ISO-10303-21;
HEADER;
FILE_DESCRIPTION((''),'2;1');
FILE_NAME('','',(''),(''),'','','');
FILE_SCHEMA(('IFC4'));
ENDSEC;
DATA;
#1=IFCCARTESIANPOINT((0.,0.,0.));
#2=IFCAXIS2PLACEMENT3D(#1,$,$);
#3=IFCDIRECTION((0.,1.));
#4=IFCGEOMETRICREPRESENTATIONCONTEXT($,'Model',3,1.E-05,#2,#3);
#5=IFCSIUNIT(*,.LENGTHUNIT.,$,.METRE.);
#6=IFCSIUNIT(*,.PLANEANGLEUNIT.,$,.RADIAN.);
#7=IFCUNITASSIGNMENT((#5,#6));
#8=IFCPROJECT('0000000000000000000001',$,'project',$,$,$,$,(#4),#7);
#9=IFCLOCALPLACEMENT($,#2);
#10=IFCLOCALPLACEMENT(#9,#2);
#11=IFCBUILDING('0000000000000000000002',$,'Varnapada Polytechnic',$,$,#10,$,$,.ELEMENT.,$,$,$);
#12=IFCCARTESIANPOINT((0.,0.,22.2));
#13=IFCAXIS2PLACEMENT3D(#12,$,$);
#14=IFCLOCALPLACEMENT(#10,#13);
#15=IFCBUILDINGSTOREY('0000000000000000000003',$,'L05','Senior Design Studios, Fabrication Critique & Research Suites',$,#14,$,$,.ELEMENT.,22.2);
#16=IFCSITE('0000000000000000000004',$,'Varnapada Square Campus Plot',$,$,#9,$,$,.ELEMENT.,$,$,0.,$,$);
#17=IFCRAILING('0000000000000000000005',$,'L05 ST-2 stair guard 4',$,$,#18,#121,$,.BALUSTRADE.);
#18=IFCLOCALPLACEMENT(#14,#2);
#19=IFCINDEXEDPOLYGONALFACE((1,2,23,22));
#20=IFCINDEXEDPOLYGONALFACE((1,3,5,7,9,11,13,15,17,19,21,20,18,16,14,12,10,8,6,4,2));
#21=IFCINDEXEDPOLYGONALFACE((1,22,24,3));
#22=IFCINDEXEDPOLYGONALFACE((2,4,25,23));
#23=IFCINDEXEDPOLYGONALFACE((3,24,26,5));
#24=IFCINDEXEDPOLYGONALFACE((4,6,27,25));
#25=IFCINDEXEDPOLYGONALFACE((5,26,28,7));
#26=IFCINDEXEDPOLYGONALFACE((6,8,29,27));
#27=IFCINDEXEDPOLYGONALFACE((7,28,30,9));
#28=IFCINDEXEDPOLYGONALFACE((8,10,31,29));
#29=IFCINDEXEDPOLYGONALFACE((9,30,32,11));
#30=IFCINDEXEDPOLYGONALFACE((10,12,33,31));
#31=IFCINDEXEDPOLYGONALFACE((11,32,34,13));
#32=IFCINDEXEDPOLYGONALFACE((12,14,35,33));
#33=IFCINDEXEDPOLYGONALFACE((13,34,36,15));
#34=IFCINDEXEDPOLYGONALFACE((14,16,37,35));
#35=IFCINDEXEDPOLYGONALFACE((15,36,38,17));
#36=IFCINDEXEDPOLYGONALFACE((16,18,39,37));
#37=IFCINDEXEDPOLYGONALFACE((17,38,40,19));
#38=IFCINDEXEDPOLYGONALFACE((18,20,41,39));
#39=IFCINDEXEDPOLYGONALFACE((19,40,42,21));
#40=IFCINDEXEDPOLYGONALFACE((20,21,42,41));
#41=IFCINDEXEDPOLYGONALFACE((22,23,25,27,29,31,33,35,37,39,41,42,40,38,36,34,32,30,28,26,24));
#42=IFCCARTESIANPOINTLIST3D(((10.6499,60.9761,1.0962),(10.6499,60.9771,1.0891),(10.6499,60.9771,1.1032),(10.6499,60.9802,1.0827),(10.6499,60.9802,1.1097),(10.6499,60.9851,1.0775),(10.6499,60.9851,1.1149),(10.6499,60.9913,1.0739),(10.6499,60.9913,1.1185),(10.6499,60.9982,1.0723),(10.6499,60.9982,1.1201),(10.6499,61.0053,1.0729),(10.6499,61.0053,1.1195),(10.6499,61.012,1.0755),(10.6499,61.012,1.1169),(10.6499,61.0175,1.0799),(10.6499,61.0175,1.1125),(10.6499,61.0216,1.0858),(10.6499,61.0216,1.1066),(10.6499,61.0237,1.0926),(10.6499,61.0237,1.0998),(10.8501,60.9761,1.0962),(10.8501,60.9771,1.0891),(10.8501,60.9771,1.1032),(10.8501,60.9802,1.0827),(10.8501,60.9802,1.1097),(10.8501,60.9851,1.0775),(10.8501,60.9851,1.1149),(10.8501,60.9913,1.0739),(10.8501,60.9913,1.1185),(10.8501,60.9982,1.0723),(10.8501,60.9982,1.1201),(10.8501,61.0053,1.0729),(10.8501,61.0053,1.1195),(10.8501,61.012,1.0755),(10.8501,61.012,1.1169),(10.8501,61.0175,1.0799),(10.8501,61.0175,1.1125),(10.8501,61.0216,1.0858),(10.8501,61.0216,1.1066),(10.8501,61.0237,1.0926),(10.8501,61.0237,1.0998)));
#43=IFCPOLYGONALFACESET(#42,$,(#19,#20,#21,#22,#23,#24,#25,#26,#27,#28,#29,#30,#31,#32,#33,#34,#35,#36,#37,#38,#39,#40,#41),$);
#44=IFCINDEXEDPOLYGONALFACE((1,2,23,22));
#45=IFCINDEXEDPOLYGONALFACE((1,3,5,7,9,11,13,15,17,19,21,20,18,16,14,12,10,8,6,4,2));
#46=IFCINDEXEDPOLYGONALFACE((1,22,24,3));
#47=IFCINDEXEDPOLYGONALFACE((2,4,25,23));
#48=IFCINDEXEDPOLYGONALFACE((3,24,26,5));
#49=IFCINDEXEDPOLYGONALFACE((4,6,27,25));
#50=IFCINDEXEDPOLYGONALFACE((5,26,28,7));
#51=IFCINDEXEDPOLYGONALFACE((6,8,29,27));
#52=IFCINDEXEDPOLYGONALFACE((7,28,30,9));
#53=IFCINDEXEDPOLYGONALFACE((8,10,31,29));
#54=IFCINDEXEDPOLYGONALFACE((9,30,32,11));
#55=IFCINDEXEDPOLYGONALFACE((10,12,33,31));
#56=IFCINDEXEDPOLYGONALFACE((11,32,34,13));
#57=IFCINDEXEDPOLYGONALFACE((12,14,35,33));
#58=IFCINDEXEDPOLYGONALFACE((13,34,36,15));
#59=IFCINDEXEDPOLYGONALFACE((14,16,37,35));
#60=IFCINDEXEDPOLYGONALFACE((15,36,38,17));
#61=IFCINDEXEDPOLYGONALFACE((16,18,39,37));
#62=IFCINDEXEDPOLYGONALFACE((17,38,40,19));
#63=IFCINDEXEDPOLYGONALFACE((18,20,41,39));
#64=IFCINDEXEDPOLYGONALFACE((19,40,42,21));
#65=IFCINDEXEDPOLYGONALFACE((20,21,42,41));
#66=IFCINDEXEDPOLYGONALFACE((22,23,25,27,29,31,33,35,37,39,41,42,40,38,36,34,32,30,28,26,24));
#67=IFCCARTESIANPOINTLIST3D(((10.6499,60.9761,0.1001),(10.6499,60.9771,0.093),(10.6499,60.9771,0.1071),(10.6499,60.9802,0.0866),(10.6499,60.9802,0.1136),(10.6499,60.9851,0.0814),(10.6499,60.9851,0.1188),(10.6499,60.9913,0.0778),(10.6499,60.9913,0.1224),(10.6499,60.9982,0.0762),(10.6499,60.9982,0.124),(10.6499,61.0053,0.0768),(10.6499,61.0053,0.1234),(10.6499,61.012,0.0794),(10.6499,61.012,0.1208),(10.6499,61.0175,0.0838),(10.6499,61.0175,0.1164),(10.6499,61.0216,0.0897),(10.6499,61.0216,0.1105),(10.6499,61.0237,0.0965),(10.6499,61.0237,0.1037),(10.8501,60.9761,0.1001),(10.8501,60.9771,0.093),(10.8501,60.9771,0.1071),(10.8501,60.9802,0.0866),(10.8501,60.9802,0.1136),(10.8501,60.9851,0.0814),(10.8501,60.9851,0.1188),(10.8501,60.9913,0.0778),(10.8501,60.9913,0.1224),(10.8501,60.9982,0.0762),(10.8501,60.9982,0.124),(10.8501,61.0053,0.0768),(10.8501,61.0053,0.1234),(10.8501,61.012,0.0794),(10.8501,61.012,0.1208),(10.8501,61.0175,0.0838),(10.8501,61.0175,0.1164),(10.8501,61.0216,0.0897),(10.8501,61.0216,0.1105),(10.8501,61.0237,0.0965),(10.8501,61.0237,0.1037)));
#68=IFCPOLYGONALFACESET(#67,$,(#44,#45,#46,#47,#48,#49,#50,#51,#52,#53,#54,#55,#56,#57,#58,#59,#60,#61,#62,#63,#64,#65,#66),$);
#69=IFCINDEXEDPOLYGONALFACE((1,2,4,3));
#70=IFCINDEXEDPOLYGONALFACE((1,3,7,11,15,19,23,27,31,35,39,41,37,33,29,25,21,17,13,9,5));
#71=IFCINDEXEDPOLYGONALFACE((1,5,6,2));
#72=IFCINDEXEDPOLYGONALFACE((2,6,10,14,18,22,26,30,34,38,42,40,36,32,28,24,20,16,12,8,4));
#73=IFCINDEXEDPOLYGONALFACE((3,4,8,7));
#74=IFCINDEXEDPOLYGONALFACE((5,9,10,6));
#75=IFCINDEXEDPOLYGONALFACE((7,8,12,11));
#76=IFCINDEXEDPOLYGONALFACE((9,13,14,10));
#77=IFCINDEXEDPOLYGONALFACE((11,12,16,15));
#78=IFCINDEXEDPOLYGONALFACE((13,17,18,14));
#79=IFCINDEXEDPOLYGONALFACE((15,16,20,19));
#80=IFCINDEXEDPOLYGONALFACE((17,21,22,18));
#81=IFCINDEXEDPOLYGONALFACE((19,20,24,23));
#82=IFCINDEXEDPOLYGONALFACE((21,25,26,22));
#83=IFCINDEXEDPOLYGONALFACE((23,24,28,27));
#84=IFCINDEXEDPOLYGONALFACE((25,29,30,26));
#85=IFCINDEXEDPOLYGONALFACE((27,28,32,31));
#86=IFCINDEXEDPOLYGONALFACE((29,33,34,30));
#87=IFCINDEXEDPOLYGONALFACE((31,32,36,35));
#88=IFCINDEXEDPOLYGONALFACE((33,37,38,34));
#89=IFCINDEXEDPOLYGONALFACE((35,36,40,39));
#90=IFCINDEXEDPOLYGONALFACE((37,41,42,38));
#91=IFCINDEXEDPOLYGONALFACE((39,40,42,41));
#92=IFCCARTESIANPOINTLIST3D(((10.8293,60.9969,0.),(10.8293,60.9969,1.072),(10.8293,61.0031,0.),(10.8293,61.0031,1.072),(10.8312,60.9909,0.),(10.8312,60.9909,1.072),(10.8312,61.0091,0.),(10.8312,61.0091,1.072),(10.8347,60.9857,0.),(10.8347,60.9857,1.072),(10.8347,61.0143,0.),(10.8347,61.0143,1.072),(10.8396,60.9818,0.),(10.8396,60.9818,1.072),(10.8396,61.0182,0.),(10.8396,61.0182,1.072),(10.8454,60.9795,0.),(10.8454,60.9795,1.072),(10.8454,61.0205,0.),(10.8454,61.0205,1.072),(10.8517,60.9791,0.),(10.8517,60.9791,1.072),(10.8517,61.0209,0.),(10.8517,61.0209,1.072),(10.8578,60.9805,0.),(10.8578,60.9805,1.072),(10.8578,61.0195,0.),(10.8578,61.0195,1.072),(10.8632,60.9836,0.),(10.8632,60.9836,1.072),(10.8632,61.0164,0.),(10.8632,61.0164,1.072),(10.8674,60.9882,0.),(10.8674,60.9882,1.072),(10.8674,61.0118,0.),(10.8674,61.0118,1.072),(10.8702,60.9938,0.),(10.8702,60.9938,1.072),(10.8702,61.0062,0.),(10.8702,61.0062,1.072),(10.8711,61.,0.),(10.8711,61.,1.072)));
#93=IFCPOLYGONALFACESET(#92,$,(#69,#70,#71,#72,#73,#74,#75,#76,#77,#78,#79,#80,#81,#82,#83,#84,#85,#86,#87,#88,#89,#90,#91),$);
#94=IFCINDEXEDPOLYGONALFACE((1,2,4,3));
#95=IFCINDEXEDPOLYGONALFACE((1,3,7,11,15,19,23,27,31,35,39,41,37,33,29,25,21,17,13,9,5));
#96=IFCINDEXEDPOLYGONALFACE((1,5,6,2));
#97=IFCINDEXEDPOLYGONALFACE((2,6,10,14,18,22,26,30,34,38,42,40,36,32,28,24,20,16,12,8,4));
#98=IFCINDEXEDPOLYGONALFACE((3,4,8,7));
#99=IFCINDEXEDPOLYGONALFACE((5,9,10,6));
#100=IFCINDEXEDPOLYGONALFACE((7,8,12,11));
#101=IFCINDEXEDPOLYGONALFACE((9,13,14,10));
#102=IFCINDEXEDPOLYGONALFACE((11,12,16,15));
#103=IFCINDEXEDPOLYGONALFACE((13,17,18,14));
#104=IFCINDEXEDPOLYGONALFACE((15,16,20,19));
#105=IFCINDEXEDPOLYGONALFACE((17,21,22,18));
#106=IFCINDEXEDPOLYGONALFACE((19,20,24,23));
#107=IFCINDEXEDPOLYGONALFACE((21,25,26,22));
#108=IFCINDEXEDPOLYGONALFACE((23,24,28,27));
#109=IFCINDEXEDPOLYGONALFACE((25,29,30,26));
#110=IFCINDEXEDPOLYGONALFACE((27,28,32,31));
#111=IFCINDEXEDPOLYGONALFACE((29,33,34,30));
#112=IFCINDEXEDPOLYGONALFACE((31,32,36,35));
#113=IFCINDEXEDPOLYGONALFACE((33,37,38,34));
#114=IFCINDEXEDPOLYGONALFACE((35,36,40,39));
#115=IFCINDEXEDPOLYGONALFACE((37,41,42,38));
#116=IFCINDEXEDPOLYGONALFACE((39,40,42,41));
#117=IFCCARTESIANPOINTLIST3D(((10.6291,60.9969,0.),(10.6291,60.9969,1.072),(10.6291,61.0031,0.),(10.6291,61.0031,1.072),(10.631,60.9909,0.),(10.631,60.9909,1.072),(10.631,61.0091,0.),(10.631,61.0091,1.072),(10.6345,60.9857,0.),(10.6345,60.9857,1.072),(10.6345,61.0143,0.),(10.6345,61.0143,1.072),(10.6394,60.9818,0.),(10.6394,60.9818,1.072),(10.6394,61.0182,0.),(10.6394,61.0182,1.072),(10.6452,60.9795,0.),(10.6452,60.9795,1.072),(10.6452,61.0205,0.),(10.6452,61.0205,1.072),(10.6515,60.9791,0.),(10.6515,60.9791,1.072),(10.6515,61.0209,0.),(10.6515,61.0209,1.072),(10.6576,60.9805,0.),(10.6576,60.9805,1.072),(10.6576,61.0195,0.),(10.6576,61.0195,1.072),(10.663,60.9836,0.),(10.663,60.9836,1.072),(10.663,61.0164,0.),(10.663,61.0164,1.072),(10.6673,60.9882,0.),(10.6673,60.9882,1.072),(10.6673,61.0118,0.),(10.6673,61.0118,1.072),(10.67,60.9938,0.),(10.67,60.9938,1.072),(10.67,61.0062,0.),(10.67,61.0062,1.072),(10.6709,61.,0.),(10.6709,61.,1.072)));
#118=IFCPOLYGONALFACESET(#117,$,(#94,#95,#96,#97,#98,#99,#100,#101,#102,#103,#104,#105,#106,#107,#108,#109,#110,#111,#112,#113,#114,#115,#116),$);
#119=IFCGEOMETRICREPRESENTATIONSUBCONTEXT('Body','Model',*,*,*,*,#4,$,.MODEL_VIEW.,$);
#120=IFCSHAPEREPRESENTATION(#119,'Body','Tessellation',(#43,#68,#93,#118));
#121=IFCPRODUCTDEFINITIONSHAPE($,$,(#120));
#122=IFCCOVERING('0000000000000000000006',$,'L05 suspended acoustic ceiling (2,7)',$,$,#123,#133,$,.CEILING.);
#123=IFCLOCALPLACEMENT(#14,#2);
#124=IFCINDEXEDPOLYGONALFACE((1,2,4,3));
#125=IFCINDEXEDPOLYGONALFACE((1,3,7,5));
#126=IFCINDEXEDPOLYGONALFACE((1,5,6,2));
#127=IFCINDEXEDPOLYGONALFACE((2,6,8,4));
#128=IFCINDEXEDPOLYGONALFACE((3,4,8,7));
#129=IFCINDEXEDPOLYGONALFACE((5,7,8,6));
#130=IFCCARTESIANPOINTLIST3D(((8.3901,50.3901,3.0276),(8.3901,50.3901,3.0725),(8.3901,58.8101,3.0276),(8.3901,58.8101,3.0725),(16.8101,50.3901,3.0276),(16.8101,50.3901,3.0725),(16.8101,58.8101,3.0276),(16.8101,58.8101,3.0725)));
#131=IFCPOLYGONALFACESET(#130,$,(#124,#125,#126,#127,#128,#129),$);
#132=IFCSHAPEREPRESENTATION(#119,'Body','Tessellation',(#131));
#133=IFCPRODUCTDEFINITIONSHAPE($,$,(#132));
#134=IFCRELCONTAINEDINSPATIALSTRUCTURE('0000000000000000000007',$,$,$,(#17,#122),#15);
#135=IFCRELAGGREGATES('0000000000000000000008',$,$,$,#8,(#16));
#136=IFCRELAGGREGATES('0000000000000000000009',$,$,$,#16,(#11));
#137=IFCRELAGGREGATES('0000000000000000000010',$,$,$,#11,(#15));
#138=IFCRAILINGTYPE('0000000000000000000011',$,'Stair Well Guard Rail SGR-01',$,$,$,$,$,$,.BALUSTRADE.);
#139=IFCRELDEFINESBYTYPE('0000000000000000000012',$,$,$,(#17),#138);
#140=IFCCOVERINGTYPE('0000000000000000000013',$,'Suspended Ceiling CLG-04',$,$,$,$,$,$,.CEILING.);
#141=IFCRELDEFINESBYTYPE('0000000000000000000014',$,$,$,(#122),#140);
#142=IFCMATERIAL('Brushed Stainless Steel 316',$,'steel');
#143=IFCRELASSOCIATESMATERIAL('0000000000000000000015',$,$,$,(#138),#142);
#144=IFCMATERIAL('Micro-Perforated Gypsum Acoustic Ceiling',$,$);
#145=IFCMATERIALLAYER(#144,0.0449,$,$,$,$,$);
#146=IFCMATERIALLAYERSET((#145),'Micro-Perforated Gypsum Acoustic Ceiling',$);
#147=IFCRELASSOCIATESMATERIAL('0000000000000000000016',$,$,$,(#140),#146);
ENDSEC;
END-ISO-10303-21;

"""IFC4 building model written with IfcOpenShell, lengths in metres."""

from ifc_helpers import new_model, si_unit, direction, frame, origin, origin_2d, place, context, subcontext, project, spatial, rectangle, circle, extrude, material, layer, layer_set, type_object, element, save


model = new_model("IFC4")

# Units and contexts
model_context = context("Model", 3, precision=1e-05, world=origin(), true_north=direction((0.0, 1.0)))
body_context = subcontext(model_context, "Body", "Model", "MODEL_VIEW")
ifc_project = project(units=[si_unit("LENGTHUNIT", "METRE"), si_unit("PLANEANGLEUNIT", "RADIAN")], contexts=[model_context])

# Site, building, storey
site_placement = place(None, origin())
site = spatial("IfcSite", under=ifc_project, at=site_placement, Name="Varnapada Square Campus Plot", CompositionType="ELEMENT", RefElevation=0.0)
building_placement = place(site_placement, origin())
building = spatial("IfcBuilding", under=site, at=building_placement, Name="Varnapada Polytechnic", CompositionType="ELEMENT")
storey_placement = place(building_placement, frame((0.0, 0.0, 22.2)))
storey = spatial("IfcBuildingStorey", under=building, at=storey_placement, Name="L05", Description="Senior Design Studios, Fabrication Critique & Research Suites", CompositionType="ELEMENT", Elevation=22.2)

# Railing
ifc_material_1 = material(Name="Brushed Stainless Steel 316", Category="steel")
railing_type_1 = type_object("IfcRailingType", Name="Stair Well Guard Rail SGR-01", PredefinedType="BALUSTRADE", material=ifc_material_1)
railing_1_placement = place(storey_placement, frame((10.8501, 61.0, 0.0)))
element("IfcRailing", 1, at=railing_1_placement, inside=storey, type_object=railing_type_1, Name="L05 ST-2 stair guard 4", PredefinedType="BALUSTRADE", context=body_context, shape_type="SweptSolid", body=[
    extrude(circle(Radius=0.0239, at=origin_2d()), frame((0.0, 0.0, 1.0962), z_axis=(-1.0, 0.0, 0.0), x_axis=(0.0, -1.0, 0.0)), (0.0, 0.0, 1.0), 0.2002),
    extrude(circle(Radius=0.0239, at=origin_2d()), frame((0.0, 0.0, 0.1001), z_axis=(-1.0, 0.0, 0.0), x_axis=(0.0, -1.0, 0.0)), (0.0, 0.0, 1.0), 0.2002),
    extrude(circle(Radius=0.021, at=origin_2d()), origin(), (0.0, 0.0, 1.0), 1.072),
    extrude(circle(Radius=0.021, at=origin_2d()), frame((-0.2002, 0.0, 0.0)), (0.0, 0.0, 1.0), 1.072),
])

# Covering
ifc_material_2 = material(Name="Micro-Perforated Gypsum Acoustic Ceiling")
ifc_layer_1 = layer(ifc_material_2, 0.0449)
ifc_layer_set_1 = layer_set([ifc_layer_1], Name="Micro-Perforated Gypsum Acoustic Ceiling")
covering_type = type_object("IfcCoveringType", Name="Suspended Ceiling CLG-04", PredefinedType="CEILING", material=ifc_layer_set_1)
covering_placement = place(storey_placement, frame((12.6001, 54.6001, 3.0276), z_axis=(0.0, 0.0, 1.0), x_axis=(1.0, 0.0, 0.0)))
element("IfcCovering", 2, at=covering_placement, inside=storey, type_object=covering_type, Name="L05 suspended acoustic ceiling (2,7)", PredefinedType="CEILING", context=body_context, shape_type="SweptSolid", body=[
    extrude(rectangle(XDim=8.4199, YDim=8.4199, at=origin_2d()), origin(), (0.0, 0.0, 1.0), 0.0449),
])

save(model, "model.ifc")
